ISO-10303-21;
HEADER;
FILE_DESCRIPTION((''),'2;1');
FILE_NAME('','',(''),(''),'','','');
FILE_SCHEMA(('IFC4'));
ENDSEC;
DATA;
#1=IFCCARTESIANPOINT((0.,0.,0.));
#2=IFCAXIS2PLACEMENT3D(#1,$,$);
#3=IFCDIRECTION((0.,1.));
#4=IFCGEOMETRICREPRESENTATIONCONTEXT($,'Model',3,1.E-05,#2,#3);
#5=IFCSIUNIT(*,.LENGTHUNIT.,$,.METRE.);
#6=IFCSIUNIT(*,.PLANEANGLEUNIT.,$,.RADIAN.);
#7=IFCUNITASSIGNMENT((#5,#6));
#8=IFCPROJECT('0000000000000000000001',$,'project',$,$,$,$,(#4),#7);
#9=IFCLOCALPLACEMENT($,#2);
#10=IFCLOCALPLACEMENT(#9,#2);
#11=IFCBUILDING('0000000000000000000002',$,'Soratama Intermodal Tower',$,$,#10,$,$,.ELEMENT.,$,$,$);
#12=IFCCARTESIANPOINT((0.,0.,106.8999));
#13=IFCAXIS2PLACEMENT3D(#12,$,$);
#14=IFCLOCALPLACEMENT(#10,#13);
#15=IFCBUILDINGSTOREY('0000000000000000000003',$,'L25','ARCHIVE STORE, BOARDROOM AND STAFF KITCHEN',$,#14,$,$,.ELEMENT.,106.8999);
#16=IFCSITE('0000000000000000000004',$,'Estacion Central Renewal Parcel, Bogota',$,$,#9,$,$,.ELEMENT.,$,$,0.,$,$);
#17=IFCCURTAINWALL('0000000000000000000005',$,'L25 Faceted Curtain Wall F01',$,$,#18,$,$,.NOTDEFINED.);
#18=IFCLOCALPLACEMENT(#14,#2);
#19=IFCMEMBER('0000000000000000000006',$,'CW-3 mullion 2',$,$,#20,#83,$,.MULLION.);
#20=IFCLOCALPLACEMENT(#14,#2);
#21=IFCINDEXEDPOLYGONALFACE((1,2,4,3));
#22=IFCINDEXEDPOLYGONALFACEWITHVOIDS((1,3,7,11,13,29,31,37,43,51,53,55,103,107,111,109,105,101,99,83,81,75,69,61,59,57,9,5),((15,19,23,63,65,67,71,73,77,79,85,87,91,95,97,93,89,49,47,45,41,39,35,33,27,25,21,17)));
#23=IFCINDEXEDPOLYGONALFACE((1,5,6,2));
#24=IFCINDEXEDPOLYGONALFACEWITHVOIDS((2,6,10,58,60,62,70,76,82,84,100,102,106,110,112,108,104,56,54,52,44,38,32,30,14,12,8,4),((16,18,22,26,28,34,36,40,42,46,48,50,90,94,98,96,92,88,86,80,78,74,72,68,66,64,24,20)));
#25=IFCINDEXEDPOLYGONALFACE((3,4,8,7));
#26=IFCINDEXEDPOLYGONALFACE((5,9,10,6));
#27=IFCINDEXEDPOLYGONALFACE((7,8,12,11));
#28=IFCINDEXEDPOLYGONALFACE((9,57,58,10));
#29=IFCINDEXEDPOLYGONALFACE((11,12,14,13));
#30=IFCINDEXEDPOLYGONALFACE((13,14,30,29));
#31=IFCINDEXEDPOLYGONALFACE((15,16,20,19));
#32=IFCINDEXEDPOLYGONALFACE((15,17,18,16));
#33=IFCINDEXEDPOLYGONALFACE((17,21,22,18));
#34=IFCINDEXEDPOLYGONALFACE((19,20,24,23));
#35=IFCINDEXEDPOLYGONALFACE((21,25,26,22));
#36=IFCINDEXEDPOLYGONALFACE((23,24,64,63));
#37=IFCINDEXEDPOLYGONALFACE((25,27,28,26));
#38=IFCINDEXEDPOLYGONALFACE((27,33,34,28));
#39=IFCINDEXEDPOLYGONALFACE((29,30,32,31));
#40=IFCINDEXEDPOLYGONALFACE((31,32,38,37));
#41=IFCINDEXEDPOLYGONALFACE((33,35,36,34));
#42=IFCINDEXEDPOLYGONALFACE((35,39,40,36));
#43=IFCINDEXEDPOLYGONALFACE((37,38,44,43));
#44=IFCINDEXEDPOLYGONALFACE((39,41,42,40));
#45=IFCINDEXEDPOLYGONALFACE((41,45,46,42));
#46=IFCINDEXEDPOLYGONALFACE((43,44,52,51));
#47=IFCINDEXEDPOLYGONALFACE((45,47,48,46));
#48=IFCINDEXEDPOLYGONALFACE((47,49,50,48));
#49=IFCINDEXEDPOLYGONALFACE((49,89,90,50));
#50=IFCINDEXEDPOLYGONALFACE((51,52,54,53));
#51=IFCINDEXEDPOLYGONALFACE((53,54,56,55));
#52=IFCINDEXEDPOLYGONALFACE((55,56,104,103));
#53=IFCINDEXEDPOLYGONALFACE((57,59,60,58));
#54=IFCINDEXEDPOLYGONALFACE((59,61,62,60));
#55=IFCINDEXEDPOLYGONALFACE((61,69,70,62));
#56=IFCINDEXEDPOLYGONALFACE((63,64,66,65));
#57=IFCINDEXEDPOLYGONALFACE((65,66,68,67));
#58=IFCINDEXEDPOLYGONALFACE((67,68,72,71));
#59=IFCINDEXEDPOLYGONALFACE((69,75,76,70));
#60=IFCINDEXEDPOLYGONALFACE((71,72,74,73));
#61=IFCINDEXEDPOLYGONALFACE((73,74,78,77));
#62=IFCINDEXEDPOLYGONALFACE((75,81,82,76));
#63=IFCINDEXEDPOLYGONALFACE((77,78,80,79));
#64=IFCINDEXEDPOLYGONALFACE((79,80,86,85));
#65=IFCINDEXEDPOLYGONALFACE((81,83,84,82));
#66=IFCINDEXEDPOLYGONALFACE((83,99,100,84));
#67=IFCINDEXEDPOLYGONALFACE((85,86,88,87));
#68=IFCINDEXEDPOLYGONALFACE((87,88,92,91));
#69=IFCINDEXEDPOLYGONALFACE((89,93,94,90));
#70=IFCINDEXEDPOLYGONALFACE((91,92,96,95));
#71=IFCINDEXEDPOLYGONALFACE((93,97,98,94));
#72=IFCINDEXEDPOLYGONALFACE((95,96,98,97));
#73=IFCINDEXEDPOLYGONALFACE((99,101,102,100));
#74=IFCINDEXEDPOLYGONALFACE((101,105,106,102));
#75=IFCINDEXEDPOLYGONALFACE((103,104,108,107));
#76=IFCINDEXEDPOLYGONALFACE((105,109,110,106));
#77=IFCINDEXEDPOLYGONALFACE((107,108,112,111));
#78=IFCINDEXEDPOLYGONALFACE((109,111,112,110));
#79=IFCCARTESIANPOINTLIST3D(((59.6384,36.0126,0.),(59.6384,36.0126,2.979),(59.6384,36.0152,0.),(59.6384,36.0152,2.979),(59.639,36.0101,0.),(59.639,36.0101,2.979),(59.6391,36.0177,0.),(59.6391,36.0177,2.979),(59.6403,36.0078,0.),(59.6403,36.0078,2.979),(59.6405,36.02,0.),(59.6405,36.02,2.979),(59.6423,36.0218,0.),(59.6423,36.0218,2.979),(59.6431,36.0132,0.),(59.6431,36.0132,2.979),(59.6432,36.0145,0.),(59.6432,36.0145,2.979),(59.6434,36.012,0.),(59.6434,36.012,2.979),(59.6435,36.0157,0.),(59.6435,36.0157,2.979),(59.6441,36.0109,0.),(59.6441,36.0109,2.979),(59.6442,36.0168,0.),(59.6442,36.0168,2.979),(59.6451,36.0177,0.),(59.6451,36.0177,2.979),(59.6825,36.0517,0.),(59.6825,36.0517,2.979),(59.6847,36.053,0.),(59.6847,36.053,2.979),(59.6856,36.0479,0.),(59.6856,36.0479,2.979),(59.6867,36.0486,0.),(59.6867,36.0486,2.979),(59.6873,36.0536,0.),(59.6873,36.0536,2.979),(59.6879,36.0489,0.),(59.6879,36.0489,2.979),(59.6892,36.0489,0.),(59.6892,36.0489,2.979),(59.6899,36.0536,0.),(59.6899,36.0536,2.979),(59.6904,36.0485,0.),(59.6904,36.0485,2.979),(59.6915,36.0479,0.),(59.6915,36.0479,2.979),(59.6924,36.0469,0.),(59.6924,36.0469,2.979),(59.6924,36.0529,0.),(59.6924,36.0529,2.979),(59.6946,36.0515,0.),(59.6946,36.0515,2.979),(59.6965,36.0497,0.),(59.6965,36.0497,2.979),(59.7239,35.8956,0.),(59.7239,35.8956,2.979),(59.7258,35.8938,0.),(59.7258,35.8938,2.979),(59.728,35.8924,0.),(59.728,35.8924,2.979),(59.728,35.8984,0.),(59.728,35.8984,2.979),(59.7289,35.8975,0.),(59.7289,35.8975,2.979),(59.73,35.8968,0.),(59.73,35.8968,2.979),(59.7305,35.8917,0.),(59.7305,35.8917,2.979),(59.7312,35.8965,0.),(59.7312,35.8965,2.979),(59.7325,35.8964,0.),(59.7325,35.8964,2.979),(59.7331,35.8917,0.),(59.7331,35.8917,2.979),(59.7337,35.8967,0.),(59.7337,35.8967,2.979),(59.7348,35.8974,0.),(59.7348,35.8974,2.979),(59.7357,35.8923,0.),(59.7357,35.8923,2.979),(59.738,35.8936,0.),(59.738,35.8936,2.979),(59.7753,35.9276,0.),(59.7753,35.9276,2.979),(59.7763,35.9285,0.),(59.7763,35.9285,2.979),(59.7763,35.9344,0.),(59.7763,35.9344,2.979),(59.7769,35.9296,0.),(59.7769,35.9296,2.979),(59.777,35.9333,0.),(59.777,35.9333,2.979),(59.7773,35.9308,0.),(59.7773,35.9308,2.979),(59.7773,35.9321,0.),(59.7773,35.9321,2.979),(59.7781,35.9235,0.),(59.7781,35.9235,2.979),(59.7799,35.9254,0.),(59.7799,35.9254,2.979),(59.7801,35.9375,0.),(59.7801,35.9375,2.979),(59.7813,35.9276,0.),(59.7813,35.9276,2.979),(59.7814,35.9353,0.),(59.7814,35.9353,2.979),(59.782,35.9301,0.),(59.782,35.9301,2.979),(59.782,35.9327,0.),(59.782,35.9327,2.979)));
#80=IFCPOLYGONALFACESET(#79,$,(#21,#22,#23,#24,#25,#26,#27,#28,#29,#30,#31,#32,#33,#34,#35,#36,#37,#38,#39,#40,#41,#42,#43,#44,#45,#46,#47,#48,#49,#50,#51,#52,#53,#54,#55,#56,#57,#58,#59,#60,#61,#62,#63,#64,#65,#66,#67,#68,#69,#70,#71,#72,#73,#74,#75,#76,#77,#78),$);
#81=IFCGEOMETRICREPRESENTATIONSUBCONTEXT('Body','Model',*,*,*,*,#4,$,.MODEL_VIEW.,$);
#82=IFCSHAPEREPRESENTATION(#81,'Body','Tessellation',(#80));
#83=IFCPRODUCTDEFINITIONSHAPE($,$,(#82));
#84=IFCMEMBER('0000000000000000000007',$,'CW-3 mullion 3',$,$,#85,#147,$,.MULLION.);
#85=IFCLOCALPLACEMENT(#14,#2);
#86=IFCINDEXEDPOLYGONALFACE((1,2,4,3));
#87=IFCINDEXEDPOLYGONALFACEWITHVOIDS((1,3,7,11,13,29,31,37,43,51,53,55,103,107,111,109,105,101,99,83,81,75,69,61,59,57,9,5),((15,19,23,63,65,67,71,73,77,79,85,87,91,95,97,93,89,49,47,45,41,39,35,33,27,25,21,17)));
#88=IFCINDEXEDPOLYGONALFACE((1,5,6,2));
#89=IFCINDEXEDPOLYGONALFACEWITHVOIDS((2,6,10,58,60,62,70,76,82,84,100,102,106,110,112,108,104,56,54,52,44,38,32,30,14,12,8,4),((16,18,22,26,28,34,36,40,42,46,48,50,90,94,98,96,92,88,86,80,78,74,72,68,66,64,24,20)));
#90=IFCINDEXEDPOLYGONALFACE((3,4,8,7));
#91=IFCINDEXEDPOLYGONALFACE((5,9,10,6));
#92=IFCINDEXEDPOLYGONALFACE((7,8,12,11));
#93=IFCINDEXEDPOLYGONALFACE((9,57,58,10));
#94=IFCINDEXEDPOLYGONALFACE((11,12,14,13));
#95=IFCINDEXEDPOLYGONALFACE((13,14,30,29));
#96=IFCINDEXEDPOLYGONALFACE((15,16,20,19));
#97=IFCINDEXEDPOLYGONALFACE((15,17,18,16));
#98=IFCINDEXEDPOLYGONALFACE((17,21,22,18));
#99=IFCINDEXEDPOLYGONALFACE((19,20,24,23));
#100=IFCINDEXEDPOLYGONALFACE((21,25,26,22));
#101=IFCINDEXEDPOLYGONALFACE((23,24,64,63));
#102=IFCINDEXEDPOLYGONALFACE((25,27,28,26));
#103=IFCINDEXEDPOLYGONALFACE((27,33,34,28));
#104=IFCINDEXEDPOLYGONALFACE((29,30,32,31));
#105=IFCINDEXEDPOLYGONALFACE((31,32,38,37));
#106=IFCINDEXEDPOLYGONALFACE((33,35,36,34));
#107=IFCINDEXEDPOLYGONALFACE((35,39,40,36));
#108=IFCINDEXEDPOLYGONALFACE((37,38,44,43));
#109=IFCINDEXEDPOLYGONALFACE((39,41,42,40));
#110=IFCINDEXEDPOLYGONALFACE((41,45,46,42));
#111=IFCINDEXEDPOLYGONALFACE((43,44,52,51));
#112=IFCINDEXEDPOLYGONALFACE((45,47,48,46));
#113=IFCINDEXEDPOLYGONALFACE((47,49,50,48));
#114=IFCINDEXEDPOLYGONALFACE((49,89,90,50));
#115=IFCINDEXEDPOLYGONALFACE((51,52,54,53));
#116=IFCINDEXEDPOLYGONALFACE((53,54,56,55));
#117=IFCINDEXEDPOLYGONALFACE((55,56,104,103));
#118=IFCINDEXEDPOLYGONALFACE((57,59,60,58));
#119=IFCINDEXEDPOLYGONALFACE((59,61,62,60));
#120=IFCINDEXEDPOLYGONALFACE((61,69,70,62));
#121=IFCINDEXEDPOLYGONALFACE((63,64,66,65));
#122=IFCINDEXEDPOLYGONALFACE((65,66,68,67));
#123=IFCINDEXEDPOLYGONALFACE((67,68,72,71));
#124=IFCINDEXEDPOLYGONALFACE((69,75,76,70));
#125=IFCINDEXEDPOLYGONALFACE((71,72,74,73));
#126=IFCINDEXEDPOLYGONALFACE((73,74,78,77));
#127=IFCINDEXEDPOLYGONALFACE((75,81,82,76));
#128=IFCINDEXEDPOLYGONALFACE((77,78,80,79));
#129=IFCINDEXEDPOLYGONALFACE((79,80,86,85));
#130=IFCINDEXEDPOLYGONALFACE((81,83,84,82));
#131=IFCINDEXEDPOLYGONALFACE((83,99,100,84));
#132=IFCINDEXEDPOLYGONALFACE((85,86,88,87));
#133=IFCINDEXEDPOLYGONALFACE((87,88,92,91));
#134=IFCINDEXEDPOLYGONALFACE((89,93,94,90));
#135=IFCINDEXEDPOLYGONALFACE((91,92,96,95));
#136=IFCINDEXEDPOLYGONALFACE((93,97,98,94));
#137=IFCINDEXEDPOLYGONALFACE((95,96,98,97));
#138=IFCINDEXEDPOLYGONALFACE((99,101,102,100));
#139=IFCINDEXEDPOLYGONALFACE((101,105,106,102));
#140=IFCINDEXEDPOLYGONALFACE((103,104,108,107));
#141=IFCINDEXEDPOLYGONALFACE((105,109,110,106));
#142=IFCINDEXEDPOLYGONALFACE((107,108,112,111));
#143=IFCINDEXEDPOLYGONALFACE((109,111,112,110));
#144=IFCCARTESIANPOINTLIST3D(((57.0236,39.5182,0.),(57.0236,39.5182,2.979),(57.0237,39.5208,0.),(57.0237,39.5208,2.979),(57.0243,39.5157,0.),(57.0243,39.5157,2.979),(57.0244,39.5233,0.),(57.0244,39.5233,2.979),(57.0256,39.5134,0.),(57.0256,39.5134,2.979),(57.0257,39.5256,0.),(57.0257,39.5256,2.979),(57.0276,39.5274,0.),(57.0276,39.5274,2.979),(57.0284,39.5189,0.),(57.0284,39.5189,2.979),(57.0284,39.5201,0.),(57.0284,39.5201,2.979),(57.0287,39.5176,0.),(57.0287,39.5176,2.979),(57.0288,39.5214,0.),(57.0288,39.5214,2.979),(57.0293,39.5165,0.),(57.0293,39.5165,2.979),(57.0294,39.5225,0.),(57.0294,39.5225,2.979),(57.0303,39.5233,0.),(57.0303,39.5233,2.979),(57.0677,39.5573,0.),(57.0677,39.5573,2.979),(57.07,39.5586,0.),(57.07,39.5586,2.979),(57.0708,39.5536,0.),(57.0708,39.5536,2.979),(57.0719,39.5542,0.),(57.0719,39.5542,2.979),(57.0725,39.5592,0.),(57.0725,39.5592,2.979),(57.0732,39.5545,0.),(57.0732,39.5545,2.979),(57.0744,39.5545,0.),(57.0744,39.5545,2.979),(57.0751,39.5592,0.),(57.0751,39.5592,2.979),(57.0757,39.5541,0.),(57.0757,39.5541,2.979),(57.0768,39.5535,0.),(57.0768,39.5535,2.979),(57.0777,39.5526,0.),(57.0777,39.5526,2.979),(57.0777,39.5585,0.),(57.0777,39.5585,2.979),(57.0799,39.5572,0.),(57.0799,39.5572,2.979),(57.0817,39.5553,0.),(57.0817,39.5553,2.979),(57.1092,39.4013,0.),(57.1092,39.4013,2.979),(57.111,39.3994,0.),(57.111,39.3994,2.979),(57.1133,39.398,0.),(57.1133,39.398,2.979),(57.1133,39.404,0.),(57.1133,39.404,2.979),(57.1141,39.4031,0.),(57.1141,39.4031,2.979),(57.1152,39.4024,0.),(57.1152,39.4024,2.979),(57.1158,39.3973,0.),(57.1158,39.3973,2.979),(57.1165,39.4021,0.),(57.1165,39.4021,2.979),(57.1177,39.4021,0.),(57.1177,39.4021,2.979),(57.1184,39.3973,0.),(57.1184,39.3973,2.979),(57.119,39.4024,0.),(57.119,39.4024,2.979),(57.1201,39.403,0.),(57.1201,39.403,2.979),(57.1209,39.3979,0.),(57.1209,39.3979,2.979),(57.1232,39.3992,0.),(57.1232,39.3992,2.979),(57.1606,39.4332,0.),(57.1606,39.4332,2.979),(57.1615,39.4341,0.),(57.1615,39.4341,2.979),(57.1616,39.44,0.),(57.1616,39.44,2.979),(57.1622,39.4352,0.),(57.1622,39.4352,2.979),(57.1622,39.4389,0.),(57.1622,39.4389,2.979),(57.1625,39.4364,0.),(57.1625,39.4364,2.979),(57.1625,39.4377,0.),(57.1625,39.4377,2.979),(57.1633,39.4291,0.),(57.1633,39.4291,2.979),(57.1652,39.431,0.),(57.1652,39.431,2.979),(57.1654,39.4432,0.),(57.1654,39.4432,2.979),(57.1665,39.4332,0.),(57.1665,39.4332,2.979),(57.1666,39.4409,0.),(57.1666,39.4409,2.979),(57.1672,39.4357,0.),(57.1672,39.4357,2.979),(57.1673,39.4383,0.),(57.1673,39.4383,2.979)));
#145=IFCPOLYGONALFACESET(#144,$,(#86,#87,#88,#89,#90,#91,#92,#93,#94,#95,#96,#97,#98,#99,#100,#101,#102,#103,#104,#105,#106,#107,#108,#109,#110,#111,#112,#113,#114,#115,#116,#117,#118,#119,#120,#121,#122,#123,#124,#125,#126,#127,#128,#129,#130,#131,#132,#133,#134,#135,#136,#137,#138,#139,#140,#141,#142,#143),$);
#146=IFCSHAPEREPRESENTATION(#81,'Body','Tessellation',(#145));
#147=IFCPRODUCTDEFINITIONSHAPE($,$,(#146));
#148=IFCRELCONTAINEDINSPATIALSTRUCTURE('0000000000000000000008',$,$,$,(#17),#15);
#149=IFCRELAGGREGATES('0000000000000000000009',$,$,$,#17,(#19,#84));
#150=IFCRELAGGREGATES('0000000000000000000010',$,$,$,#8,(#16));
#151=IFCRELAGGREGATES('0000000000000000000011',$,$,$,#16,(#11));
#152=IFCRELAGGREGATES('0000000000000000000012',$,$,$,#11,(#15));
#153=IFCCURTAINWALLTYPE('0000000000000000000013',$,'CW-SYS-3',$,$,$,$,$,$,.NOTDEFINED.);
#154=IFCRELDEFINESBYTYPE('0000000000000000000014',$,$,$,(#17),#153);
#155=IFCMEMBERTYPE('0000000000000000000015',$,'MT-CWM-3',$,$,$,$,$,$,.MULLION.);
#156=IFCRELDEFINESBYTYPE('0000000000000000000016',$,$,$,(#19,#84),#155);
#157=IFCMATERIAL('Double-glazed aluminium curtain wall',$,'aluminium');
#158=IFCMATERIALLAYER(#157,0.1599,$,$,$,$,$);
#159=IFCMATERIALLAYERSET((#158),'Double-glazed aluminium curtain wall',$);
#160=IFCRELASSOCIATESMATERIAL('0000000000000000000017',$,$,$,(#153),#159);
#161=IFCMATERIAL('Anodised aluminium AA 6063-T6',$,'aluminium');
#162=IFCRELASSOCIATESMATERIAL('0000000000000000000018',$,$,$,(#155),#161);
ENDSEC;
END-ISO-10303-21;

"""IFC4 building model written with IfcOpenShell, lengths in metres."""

from ifc_helpers import new_model, si_unit, direction, frame, origin, origin_2d, place, context, subcontext, project, spatial, hollow_rectangle, extrude, material, layer, layer_set, material_profile, profile_set, type_object, element, aggregate, save


model = new_model("IFC4")

# Units and contexts
model_context = context("Model", 3, precision=1e-05, world=origin(), true_north=direction((0.0, 1.0)))
body_context = subcontext(model_context, "Body", "Model", "MODEL_VIEW")
ifc_project = project(units=[si_unit("LENGTHUNIT", "METRE"), si_unit("PLANEANGLEUNIT", "RADIAN")], contexts=[model_context])

# Site, building, storey
site_placement = place(None, origin())
site = spatial("IfcSite", under=ifc_project, at=site_placement, Name="Estacion Central Renewal Parcel, Bogota", CompositionType="ELEMENT", RefElevation=0.0)
building_placement = place(site_placement, origin())
building = spatial("IfcBuilding", under=site, at=building_placement, Name="Soratama Intermodal Tower", CompositionType="ELEMENT")
storey_placement = place(building_placement, frame((0.0, 0.0, 106.8999)))
storey = spatial("IfcBuildingStorey", under=building, at=storey_placement, Name="L25", Description="ARCHIVE STORE, BOARDROOM AND STAFF KITCHEN", CompositionType="ELEMENT", Elevation=106.8999)

# Curtain wall, members
ifc_material_1 = material(Name="Double-glazed aluminium curtain wall", Category="aluminium")
ifc_layer_1 = layer(ifc_material_1, 0.1599)
ifc_layer_set_1 = layer_set([ifc_layer_1], Name="Double-glazed aluminium curtain wall")
curtain_wall_type = type_object("IfcCurtainWallType", Name="CW-SYS-3", PredefinedType="NOTDEFINED", material=ifc_layer_set_1)
curtain_wall_placement = place(storey_placement, origin())
curtain_wall = element("IfcCurtainWall", 1, at=curtain_wall_placement, inside=storey, type_object=curtain_wall_type, Name="L25 Faceted Curtain Wall F01", PredefinedType="NOTDEFINED")
ifc_material_2 = material(Name="Anodised aluminium AA 6063-T6", Category="aluminium")
ifc_material_profile_1 = material_profile(ifc_material_2, hollow_rectangle(XDim=0.0701, YDim=0.1599, WallThickness=0.0049, InnerFilletRadius=0.0049, OuterFilletRadius=0.01, at=origin_2d()), Name="CWM160X70X5")
ifc_profile_set_1 = profile_set([ifc_material_profile_1], Name="Anodised aluminium AA 6063-T6")
member_type_1 = type_object("IfcMemberType", Name="MT-CWM-3", PredefinedType="MULLION", material=ifc_profile_set_1)
member_1_placement = place(storey_placement, frame((59.7102, 35.9727, 0.0), z_axis=(0.0, 0.0, 1.0), x_axis=(-0.801564, -0.597909, 0.0)))
member_1 = element("IfcMember", 2, at=member_1_placement, type_object=member_type_1, Name="CW-3 mullion 2", PredefinedType="MULLION", context=body_context, shape_type="SweptSolid", body=[
    extrude(hollow_rectangle(XDim=0.0701, YDim=0.1599, WallThickness=0.0049, InnerFilletRadius=0.0049, OuterFilletRadius=0.01, at=origin_2d()), origin(), (0.0, 0.0, 1.0), 2.979),
])
member_2_placement = place(storey_placement, frame((57.0955, 39.4783, 0.0), z_axis=(0.0, 0.0, 1.0), x_axis=(-0.801564, -0.597909, 0.0)))
member_2 = element("IfcMember", 3, at=member_2_placement, type_object=member_type_1, Name="CW-3 mullion 3", PredefinedType="MULLION", context=body_context, shape_type="SweptSolid", body=[
    extrude(hollow_rectangle(XDim=0.0701, YDim=0.1599, WallThickness=0.0049, InnerFilletRadius=0.0049, OuterFilletRadius=0.01, at=origin_2d()), origin(), (0.0, 0.0, 1.0), 2.979),
])
aggregate(curtain_wall, [member_1, member_2])

save(model, "model.ifc")
